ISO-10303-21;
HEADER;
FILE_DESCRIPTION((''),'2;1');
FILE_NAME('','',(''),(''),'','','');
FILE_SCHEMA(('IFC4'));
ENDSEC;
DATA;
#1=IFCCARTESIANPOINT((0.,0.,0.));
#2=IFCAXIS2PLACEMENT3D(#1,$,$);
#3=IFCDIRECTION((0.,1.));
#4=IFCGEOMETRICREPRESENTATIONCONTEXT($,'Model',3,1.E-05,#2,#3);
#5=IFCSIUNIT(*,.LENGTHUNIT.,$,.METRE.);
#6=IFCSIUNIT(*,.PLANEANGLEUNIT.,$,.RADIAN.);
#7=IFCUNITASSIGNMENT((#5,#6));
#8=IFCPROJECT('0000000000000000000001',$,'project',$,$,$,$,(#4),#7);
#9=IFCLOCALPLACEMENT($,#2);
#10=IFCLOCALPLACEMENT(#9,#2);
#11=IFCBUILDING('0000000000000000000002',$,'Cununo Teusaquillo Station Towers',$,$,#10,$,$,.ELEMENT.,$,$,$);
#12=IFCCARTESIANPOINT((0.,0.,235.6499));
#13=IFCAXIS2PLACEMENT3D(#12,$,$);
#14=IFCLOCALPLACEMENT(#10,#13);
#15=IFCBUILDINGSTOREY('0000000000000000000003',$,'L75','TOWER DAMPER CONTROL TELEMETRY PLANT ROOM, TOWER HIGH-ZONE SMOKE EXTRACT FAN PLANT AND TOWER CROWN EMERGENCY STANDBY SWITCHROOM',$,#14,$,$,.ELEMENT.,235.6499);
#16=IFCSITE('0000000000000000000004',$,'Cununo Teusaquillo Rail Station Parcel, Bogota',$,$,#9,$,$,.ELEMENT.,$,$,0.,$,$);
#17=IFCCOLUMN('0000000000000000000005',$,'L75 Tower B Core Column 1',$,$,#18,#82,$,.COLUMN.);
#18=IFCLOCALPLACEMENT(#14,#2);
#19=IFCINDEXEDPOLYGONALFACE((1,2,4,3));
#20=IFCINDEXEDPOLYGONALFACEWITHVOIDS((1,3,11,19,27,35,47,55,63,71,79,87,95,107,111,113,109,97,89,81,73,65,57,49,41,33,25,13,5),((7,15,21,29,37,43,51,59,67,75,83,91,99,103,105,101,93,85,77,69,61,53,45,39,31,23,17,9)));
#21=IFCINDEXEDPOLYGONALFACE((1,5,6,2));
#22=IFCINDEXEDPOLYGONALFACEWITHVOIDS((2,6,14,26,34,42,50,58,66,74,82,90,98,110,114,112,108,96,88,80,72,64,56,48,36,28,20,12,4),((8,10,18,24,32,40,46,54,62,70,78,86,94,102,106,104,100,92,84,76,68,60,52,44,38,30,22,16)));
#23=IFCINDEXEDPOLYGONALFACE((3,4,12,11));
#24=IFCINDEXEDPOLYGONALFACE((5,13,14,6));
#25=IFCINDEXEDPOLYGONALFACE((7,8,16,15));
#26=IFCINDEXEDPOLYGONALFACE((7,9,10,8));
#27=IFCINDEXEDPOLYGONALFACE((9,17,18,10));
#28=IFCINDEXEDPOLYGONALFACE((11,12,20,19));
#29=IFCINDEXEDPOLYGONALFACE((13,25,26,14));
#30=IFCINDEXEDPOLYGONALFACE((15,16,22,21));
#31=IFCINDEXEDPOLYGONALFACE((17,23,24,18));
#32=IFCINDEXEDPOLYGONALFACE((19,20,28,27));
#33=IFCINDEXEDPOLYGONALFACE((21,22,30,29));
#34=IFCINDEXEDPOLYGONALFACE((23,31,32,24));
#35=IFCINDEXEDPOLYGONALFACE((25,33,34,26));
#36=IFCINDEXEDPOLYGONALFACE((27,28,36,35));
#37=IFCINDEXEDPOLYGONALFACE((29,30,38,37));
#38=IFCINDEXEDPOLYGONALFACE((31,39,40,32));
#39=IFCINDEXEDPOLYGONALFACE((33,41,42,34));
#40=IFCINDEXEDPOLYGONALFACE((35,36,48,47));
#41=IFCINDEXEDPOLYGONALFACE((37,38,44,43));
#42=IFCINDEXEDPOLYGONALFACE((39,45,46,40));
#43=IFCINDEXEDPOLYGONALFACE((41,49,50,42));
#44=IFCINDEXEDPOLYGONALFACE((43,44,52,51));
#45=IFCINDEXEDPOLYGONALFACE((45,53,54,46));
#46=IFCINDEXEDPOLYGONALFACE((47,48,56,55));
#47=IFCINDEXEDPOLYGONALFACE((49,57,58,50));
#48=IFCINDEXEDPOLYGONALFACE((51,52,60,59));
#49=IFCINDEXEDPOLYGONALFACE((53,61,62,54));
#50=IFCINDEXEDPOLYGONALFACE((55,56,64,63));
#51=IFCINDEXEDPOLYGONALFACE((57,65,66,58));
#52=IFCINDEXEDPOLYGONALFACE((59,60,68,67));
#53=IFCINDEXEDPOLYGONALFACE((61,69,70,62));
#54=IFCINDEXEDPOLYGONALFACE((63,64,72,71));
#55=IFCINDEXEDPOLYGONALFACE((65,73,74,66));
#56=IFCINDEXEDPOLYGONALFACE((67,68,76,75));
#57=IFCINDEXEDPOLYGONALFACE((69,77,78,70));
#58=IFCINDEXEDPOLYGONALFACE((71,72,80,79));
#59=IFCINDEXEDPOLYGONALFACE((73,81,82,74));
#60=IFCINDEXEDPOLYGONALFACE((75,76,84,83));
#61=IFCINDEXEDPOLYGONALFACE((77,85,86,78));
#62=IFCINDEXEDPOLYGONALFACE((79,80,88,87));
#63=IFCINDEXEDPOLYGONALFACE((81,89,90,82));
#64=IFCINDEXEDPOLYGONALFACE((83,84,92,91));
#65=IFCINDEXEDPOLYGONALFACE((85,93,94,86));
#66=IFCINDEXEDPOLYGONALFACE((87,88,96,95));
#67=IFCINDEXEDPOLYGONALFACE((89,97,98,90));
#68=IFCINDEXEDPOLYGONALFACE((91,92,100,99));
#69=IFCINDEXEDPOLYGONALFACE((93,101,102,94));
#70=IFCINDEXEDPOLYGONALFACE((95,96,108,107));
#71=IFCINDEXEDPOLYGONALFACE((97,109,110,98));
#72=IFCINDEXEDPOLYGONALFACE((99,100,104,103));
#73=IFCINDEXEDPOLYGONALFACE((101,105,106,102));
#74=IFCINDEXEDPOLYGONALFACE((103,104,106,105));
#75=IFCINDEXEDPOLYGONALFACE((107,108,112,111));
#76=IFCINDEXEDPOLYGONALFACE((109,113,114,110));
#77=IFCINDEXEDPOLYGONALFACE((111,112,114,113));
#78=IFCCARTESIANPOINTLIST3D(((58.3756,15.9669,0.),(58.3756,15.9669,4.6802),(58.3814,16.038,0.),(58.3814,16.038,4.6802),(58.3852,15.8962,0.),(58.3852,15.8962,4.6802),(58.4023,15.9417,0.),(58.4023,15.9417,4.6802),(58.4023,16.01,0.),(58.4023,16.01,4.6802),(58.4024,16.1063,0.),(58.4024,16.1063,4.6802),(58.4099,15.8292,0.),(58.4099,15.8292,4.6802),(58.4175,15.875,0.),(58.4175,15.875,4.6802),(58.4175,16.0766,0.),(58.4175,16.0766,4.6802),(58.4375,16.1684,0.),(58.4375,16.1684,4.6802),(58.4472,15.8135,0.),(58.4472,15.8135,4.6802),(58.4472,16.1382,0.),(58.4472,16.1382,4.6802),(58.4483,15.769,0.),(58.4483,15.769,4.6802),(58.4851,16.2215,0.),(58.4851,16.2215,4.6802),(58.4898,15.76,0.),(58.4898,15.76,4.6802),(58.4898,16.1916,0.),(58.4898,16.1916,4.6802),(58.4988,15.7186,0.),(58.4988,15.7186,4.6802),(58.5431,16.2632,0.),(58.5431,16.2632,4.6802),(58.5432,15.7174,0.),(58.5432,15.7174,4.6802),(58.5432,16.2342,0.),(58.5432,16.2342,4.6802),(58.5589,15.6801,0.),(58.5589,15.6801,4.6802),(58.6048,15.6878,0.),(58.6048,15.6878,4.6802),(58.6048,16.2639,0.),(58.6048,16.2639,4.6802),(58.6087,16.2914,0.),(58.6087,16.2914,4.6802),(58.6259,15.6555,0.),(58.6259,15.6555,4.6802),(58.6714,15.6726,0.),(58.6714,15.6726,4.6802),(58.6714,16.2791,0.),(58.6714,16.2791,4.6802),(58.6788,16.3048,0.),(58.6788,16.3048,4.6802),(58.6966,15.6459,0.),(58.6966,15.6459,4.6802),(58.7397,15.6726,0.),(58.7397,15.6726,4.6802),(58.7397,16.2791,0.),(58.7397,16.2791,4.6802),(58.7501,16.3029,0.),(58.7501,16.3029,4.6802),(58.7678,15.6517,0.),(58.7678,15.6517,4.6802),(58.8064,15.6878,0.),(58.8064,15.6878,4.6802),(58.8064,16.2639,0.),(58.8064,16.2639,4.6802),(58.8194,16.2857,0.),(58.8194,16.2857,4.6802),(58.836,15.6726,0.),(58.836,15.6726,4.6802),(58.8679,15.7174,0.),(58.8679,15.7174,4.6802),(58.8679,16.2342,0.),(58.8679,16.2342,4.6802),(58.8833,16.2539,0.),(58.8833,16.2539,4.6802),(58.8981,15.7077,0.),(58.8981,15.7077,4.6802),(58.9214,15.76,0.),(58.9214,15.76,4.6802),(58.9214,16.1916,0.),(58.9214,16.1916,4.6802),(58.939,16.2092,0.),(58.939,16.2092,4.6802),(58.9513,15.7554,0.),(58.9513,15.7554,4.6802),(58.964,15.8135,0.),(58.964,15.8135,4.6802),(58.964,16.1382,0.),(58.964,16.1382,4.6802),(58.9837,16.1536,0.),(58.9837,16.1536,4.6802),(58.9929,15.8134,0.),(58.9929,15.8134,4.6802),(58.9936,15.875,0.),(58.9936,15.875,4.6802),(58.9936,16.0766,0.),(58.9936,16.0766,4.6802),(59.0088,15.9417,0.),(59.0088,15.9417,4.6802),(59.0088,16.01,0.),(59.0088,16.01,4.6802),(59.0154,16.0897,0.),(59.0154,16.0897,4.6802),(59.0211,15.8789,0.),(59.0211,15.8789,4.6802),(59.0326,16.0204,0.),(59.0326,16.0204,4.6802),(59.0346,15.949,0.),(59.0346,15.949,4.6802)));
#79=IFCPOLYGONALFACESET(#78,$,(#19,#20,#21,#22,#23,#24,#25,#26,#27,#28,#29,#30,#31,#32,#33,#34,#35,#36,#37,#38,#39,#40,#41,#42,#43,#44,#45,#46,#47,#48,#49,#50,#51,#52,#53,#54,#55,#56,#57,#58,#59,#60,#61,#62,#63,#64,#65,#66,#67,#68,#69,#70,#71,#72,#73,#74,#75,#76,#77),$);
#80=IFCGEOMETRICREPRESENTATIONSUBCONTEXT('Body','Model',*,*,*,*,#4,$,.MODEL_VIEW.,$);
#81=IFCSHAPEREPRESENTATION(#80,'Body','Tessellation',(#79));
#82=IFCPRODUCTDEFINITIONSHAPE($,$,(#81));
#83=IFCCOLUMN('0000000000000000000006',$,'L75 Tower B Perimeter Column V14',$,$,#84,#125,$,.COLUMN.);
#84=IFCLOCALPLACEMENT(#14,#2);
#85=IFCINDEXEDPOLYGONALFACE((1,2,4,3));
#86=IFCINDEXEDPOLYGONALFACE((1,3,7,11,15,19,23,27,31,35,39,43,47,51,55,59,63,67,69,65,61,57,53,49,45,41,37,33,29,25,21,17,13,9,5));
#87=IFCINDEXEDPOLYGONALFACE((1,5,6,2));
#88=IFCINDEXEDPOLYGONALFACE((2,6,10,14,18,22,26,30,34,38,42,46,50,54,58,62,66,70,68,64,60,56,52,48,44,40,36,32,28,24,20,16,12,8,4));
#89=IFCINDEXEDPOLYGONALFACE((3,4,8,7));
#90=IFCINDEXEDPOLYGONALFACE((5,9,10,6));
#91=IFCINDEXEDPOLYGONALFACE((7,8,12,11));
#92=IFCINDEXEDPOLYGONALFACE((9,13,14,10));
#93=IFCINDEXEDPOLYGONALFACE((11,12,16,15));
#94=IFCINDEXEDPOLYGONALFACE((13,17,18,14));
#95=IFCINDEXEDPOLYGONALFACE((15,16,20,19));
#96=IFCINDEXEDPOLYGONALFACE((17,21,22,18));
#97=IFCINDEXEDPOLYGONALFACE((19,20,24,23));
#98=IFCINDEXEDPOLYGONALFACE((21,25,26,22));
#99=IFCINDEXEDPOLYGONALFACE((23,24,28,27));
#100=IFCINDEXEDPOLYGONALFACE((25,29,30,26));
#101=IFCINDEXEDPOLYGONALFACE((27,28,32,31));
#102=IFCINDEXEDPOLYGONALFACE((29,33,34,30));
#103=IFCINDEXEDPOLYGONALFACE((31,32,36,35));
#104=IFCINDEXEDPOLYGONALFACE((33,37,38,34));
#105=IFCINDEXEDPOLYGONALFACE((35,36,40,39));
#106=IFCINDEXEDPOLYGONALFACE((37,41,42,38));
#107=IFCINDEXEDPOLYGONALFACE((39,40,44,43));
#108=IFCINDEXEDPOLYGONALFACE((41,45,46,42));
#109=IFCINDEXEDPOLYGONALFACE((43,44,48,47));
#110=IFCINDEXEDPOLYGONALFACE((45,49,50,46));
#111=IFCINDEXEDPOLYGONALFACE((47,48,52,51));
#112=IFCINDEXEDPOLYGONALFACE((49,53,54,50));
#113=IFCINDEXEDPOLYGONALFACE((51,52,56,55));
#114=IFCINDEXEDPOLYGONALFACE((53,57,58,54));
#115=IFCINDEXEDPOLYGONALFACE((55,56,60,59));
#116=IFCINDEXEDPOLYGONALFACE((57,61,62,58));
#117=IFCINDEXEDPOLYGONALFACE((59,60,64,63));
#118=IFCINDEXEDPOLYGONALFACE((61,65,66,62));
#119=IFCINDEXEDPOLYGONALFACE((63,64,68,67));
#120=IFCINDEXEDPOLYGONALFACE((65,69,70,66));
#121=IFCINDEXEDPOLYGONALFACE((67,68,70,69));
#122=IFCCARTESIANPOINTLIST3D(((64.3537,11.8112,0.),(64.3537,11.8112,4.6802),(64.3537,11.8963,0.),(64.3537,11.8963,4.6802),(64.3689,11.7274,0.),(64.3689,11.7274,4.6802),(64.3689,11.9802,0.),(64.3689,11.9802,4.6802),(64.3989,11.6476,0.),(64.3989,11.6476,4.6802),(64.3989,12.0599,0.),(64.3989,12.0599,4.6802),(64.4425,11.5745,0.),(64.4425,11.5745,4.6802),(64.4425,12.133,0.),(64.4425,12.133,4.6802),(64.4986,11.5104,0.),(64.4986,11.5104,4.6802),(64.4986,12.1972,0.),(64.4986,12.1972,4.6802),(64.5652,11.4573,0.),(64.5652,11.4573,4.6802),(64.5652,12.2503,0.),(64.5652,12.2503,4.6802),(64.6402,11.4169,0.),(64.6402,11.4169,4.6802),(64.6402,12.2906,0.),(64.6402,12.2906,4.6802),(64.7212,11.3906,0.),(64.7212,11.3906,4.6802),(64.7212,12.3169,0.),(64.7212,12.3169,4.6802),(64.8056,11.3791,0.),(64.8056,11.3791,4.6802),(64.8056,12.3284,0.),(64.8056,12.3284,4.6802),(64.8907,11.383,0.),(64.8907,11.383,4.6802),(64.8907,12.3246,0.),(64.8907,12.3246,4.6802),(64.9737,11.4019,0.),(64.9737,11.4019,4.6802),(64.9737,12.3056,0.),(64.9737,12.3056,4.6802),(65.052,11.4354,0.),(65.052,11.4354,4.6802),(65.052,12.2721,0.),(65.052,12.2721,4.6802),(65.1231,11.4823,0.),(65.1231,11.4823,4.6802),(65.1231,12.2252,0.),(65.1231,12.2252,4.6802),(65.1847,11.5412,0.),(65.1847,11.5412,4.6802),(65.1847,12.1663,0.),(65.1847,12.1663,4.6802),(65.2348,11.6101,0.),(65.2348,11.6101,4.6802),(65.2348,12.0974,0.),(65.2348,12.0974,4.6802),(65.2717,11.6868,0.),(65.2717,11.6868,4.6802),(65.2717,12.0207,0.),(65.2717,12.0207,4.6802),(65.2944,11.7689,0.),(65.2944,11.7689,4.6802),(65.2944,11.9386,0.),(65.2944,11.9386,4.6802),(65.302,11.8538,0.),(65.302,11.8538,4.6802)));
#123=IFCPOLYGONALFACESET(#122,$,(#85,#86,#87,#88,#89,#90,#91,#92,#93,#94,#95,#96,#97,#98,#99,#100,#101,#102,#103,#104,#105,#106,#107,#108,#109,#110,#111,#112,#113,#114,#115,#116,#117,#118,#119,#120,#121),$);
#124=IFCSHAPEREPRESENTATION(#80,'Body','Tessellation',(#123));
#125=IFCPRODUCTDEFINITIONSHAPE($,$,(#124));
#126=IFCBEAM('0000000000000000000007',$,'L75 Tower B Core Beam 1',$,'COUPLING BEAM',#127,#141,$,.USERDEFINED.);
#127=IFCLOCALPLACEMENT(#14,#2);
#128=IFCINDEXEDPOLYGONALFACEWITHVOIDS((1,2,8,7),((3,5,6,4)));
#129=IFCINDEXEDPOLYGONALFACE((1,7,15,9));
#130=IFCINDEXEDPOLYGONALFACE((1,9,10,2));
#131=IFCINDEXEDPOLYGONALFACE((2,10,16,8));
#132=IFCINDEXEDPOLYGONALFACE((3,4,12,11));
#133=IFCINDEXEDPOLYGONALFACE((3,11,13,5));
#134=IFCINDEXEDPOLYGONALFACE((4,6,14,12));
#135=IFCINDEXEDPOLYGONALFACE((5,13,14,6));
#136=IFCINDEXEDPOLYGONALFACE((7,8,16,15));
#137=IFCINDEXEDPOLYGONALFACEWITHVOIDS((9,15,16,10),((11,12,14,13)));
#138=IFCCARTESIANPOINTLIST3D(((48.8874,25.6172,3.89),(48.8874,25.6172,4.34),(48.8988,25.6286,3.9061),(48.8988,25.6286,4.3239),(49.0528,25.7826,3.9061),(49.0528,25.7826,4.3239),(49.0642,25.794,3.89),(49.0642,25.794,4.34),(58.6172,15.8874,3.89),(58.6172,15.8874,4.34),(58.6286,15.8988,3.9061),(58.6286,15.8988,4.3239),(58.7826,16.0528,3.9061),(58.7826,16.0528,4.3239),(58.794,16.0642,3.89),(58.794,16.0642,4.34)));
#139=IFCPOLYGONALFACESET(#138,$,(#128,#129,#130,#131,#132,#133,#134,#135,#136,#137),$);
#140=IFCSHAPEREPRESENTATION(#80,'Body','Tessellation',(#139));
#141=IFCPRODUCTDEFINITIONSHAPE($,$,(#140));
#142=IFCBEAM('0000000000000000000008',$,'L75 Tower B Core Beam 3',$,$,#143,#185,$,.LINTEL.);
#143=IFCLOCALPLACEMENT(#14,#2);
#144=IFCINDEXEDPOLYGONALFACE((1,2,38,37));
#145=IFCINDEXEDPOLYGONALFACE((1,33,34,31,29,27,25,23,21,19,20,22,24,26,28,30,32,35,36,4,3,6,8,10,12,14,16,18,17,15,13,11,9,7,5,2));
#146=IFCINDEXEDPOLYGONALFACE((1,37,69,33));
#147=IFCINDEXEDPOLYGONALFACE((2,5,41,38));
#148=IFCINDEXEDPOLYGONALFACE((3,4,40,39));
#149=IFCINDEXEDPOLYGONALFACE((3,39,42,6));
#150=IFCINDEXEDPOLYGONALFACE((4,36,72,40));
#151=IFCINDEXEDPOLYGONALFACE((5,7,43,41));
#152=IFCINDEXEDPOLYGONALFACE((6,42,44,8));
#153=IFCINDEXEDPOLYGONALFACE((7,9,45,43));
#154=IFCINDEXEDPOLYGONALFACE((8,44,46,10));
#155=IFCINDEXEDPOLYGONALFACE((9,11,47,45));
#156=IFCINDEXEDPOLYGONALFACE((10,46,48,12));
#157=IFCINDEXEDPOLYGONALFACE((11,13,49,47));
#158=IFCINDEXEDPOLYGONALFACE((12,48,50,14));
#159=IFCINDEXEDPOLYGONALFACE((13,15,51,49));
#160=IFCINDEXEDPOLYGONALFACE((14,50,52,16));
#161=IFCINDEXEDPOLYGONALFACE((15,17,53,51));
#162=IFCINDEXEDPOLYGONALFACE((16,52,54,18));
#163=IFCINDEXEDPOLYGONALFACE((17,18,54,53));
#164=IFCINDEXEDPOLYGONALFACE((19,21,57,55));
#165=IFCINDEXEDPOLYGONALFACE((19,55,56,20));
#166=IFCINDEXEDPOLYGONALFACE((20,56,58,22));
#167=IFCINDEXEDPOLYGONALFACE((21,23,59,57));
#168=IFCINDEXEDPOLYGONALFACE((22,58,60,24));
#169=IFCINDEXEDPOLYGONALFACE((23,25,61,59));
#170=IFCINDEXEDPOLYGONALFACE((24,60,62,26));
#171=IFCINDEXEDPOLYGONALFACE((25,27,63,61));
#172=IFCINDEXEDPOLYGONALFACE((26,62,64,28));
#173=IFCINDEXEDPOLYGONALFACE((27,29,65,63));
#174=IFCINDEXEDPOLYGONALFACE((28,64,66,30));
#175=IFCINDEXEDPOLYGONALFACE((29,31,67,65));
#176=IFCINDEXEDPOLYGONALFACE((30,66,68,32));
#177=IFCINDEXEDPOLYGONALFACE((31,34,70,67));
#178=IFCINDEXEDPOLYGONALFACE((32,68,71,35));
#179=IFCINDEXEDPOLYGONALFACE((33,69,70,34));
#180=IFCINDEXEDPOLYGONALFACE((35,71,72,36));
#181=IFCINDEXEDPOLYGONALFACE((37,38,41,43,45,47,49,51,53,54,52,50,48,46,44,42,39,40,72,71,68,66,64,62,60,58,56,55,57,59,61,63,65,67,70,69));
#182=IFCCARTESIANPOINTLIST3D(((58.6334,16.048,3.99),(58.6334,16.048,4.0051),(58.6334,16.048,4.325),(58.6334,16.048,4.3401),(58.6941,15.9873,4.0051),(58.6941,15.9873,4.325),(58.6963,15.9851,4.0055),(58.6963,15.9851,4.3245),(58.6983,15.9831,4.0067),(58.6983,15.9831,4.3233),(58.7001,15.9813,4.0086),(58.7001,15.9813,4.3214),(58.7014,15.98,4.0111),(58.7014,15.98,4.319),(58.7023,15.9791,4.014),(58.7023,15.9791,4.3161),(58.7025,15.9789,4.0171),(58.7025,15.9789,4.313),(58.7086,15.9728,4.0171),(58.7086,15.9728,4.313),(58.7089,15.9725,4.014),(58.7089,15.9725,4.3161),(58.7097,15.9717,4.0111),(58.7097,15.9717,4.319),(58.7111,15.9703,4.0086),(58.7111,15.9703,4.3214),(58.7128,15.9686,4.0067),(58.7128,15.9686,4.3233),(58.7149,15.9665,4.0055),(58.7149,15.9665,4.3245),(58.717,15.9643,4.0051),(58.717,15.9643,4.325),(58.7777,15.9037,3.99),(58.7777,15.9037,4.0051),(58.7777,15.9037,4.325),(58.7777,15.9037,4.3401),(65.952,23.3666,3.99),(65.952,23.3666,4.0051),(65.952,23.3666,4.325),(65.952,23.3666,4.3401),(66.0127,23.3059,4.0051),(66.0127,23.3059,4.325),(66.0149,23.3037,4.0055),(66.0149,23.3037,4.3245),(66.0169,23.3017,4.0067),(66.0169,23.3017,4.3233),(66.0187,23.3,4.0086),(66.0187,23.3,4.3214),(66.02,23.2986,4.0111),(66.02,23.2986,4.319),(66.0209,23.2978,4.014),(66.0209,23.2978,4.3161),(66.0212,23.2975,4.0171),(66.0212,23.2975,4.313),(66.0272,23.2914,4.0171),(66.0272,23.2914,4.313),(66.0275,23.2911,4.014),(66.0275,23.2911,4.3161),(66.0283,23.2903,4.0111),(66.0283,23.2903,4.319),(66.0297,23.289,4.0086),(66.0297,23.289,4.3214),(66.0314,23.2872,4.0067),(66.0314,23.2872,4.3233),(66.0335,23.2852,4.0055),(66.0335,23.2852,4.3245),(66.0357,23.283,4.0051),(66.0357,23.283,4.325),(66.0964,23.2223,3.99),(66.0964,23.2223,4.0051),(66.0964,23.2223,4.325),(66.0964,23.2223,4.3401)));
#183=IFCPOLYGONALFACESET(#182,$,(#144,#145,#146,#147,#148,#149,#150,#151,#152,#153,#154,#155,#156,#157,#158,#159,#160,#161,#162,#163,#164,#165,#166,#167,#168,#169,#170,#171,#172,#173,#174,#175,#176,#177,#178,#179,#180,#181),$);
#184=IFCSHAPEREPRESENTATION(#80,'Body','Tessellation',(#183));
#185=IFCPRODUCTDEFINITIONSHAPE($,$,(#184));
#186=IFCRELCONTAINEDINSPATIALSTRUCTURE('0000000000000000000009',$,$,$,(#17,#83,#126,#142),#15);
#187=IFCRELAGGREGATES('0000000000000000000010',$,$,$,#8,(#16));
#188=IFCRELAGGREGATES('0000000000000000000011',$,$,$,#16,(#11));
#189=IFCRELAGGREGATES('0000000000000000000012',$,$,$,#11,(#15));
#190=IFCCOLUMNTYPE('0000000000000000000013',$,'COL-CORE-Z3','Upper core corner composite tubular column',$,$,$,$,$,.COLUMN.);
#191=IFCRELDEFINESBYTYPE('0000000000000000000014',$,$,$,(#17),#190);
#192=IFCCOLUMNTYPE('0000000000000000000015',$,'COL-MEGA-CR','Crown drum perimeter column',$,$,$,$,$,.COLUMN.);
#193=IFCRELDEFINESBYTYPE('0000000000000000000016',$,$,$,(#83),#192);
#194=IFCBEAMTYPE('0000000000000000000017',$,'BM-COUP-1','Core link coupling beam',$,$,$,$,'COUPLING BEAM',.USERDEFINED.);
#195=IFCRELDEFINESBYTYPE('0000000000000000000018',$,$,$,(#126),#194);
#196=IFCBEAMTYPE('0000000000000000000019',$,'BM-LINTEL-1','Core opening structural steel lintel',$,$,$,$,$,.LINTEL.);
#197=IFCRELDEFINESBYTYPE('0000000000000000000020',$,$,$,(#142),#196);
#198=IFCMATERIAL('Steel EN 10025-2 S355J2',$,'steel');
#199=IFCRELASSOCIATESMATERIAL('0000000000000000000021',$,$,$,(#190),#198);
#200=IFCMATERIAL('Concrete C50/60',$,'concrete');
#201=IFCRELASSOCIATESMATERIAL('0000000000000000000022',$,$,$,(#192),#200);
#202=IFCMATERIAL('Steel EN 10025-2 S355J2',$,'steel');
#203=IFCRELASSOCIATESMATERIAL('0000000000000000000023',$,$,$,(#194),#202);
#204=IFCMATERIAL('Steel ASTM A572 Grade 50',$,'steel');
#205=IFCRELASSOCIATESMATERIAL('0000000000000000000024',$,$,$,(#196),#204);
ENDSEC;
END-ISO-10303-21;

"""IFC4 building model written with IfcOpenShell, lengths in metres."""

from ifc_helpers import new_model, si_unit, direction, frame, origin, origin_2d, place, context, subcontext, project, spatial, hollow_rectangle, circle, hollow_circle, i_section, extrude, material, material_profile, profile_set, type_object, element, save


model = new_model("IFC4")

# Units and contexts
model_context = context("Model", 3, precision=1e-05, world=origin(), true_north=direction((0.0, 1.0)))
body_context = subcontext(model_context, "Body", "Model", "MODEL_VIEW")
ifc_project = project(units=[si_unit("LENGTHUNIT", "METRE"), si_unit("PLANEANGLEUNIT", "RADIAN")], contexts=[model_context])

# Site, building, storey
site_placement = place(None, origin())
site = spatial("IfcSite", under=ifc_project, at=site_placement, Name="Cununo Teusaquillo Rail Station Parcel, Bogota", CompositionType="ELEMENT", RefElevation=0.0)
building_placement = place(site_placement, origin())
building = spatial("IfcBuilding", under=site, at=building_placement, Name="Cununo Teusaquillo Station Towers", CompositionType="ELEMENT")
storey_placement = place(building_placement, frame((0.0, 0.0, 235.6499)))
storey = spatial("IfcBuildingStorey", under=building, at=storey_placement, Name="L75", Description="TOWER DAMPER CONTROL TELEMETRY PLANT ROOM, TOWER HIGH-ZONE SMOKE EXTRACT FAN PLANT AND TOWER CROWN EMERGENCY STANDBY SWITCHROOM", CompositionType="ELEMENT", Elevation=235.6499)

# Columns
ifc_material_1 = material(Name="Steel EN 10025-2 S355J2", Category="steel")
ifc_material_profile_1 = material_profile(ifc_material_1, hollow_circle(Radius=0.3301, WallThickness=0.0249, at=origin_2d()), Name="CHS 660x25")
ifc_profile_set_1 = profile_set([ifc_material_profile_1], Name="Steel EN 10025-2 S355J2")
column_type_1 = type_object("IfcColumnType", Name="COL-CORE-Z3", Description="Upper core corner composite tubular column", PredefinedType="COLUMN", material=ifc_profile_set_1)
column_1_placement = place(storey_placement, frame((58.7056, 15.9758, 0.0), z_axis=(0.0, 0.0, 1.0), x_axis=(0.707107, 0.707107, 0.0)))
element("IfcColumn", 1, at=column_1_placement, inside=storey, type_object=column_type_1, Name="L75 Tower B Core Column 1", PredefinedType="COLUMN", context=body_context, shape_type="SweptSolid", body=[
    extrude(hollow_circle(Radius=0.3301, WallThickness=0.0249, at=origin_2d()), origin(), (0.0, 0.0, 1.0), 4.6802),
])
ifc_material_2 = material(Name="Concrete C50/60", Category="concrete")
ifc_material_profile_2 = material_profile(ifc_material_2, circle(Radius=0.4751, at=origin_2d()), Name="RC-CIRC-950")
ifc_profile_set_2 = profile_set([ifc_material_profile_2], Name="Concrete C50/60")
column_type_2 = type_object("IfcColumnType", Name="COL-MEGA-CR", Description="Crown drum perimeter column", PredefinedType="COLUMN", material=ifc_profile_set_2)
column_2_placement = place(storey_placement, frame((64.8269, 11.8538, 0.0), z_axis=(0.0, 0.0, 1.0), x_axis=(1.0, 0.0, 0.0)))
element("IfcColumn", 2, at=column_2_placement, inside=storey, type_object=column_type_2, Name="L75 Tower B Perimeter Column V14", PredefinedType="COLUMN", context=body_context, shape_type="SweptSolid", body=[
    extrude(circle(Radius=0.4751, at=origin_2d()), origin(), (0.0, 0.0, 1.0), 4.6802),
])

# Beams
ifc_material_3 = material(Name="Steel EN 10025-2 S355J2", Category="steel")
ifc_material_profile_3 = material_profile(ifc_material_3, hollow_rectangle(XDim=0.25, YDim=0.45, WallThickness=0.0161, at=origin_2d()), Name="RHS 450x250x16")
ifc_profile_set_3 = profile_set([ifc_material_profile_3], Name="Steel EN 10025-2 S355J2")
beam_type_1 = type_object("IfcBeamType", Name="BM-COUP-1", Description="Core link coupling beam", ElementType="COUPLING BEAM", PredefinedType="USERDEFINED", material=ifc_profile_set_3)
beam_1_placement = place(storey_placement, frame((58.7056, 15.9758, 4.115), z_axis=(-0.707107, 0.707107, 0.0), x_axis=(-0.707107, -0.707107, 0.0)))
element("IfcBeam", 3, at=beam_1_placement, inside=storey, type_object=beam_type_1, Name="L75 Tower B Core Beam 1", ObjectType="COUPLING BEAM", PredefinedType="USERDEFINED", context=body_context, shape_type="SweptSolid", body=[
    extrude(hollow_rectangle(XDim=0.25, YDim=0.45, WallThickness=0.0161, at=origin_2d()), origin(), (0.0, 0.0, 1.0), 13.76),
])
ifc_material_4 = material(Name="Steel ASTM A572 Grade 50", Category="steel")
ifc_material_profile_4 = material_profile(ifc_material_4, i_section(OverallWidth=0.2041, OverallDepth=0.3501, WebThickness=0.0085, FlangeThickness=0.0151, FilletRadius=0.012, at=origin_2d()), Name="W14X48")
ifc_profile_set_4 = profile_set([ifc_material_profile_4], Name="Steel ASTM A572 Grade 50")
beam_type_2 = type_object("IfcBeamType", Name="BM-LINTEL-1", Description="Core opening structural steel lintel", PredefinedType="LINTEL", material=ifc_profile_set_4)
beam_2_placement = place(storey_placement, frame((58.7056, 15.9758, 4.165), z_axis=(0.707107, 0.707107, 0.0), x_axis=(-0.707107, 0.707107, 0.0)))
element("IfcBeam", 4, at=beam_2_placement, inside=storey, type_object=beam_type_2, Name="L75 Tower B Core Beam 3", PredefinedType="LINTEL", context=body_context, shape_type="SweptSolid", body=[
    extrude(i_section(OverallWidth=0.2041, OverallDepth=0.3501, WebThickness=0.0085, FlangeThickness=0.0151, FilletRadius=0.012, at=origin_2d()), origin(), (0.0, 0.0, 1.0), 10.3501),
])

save(model, "model.ifc")
